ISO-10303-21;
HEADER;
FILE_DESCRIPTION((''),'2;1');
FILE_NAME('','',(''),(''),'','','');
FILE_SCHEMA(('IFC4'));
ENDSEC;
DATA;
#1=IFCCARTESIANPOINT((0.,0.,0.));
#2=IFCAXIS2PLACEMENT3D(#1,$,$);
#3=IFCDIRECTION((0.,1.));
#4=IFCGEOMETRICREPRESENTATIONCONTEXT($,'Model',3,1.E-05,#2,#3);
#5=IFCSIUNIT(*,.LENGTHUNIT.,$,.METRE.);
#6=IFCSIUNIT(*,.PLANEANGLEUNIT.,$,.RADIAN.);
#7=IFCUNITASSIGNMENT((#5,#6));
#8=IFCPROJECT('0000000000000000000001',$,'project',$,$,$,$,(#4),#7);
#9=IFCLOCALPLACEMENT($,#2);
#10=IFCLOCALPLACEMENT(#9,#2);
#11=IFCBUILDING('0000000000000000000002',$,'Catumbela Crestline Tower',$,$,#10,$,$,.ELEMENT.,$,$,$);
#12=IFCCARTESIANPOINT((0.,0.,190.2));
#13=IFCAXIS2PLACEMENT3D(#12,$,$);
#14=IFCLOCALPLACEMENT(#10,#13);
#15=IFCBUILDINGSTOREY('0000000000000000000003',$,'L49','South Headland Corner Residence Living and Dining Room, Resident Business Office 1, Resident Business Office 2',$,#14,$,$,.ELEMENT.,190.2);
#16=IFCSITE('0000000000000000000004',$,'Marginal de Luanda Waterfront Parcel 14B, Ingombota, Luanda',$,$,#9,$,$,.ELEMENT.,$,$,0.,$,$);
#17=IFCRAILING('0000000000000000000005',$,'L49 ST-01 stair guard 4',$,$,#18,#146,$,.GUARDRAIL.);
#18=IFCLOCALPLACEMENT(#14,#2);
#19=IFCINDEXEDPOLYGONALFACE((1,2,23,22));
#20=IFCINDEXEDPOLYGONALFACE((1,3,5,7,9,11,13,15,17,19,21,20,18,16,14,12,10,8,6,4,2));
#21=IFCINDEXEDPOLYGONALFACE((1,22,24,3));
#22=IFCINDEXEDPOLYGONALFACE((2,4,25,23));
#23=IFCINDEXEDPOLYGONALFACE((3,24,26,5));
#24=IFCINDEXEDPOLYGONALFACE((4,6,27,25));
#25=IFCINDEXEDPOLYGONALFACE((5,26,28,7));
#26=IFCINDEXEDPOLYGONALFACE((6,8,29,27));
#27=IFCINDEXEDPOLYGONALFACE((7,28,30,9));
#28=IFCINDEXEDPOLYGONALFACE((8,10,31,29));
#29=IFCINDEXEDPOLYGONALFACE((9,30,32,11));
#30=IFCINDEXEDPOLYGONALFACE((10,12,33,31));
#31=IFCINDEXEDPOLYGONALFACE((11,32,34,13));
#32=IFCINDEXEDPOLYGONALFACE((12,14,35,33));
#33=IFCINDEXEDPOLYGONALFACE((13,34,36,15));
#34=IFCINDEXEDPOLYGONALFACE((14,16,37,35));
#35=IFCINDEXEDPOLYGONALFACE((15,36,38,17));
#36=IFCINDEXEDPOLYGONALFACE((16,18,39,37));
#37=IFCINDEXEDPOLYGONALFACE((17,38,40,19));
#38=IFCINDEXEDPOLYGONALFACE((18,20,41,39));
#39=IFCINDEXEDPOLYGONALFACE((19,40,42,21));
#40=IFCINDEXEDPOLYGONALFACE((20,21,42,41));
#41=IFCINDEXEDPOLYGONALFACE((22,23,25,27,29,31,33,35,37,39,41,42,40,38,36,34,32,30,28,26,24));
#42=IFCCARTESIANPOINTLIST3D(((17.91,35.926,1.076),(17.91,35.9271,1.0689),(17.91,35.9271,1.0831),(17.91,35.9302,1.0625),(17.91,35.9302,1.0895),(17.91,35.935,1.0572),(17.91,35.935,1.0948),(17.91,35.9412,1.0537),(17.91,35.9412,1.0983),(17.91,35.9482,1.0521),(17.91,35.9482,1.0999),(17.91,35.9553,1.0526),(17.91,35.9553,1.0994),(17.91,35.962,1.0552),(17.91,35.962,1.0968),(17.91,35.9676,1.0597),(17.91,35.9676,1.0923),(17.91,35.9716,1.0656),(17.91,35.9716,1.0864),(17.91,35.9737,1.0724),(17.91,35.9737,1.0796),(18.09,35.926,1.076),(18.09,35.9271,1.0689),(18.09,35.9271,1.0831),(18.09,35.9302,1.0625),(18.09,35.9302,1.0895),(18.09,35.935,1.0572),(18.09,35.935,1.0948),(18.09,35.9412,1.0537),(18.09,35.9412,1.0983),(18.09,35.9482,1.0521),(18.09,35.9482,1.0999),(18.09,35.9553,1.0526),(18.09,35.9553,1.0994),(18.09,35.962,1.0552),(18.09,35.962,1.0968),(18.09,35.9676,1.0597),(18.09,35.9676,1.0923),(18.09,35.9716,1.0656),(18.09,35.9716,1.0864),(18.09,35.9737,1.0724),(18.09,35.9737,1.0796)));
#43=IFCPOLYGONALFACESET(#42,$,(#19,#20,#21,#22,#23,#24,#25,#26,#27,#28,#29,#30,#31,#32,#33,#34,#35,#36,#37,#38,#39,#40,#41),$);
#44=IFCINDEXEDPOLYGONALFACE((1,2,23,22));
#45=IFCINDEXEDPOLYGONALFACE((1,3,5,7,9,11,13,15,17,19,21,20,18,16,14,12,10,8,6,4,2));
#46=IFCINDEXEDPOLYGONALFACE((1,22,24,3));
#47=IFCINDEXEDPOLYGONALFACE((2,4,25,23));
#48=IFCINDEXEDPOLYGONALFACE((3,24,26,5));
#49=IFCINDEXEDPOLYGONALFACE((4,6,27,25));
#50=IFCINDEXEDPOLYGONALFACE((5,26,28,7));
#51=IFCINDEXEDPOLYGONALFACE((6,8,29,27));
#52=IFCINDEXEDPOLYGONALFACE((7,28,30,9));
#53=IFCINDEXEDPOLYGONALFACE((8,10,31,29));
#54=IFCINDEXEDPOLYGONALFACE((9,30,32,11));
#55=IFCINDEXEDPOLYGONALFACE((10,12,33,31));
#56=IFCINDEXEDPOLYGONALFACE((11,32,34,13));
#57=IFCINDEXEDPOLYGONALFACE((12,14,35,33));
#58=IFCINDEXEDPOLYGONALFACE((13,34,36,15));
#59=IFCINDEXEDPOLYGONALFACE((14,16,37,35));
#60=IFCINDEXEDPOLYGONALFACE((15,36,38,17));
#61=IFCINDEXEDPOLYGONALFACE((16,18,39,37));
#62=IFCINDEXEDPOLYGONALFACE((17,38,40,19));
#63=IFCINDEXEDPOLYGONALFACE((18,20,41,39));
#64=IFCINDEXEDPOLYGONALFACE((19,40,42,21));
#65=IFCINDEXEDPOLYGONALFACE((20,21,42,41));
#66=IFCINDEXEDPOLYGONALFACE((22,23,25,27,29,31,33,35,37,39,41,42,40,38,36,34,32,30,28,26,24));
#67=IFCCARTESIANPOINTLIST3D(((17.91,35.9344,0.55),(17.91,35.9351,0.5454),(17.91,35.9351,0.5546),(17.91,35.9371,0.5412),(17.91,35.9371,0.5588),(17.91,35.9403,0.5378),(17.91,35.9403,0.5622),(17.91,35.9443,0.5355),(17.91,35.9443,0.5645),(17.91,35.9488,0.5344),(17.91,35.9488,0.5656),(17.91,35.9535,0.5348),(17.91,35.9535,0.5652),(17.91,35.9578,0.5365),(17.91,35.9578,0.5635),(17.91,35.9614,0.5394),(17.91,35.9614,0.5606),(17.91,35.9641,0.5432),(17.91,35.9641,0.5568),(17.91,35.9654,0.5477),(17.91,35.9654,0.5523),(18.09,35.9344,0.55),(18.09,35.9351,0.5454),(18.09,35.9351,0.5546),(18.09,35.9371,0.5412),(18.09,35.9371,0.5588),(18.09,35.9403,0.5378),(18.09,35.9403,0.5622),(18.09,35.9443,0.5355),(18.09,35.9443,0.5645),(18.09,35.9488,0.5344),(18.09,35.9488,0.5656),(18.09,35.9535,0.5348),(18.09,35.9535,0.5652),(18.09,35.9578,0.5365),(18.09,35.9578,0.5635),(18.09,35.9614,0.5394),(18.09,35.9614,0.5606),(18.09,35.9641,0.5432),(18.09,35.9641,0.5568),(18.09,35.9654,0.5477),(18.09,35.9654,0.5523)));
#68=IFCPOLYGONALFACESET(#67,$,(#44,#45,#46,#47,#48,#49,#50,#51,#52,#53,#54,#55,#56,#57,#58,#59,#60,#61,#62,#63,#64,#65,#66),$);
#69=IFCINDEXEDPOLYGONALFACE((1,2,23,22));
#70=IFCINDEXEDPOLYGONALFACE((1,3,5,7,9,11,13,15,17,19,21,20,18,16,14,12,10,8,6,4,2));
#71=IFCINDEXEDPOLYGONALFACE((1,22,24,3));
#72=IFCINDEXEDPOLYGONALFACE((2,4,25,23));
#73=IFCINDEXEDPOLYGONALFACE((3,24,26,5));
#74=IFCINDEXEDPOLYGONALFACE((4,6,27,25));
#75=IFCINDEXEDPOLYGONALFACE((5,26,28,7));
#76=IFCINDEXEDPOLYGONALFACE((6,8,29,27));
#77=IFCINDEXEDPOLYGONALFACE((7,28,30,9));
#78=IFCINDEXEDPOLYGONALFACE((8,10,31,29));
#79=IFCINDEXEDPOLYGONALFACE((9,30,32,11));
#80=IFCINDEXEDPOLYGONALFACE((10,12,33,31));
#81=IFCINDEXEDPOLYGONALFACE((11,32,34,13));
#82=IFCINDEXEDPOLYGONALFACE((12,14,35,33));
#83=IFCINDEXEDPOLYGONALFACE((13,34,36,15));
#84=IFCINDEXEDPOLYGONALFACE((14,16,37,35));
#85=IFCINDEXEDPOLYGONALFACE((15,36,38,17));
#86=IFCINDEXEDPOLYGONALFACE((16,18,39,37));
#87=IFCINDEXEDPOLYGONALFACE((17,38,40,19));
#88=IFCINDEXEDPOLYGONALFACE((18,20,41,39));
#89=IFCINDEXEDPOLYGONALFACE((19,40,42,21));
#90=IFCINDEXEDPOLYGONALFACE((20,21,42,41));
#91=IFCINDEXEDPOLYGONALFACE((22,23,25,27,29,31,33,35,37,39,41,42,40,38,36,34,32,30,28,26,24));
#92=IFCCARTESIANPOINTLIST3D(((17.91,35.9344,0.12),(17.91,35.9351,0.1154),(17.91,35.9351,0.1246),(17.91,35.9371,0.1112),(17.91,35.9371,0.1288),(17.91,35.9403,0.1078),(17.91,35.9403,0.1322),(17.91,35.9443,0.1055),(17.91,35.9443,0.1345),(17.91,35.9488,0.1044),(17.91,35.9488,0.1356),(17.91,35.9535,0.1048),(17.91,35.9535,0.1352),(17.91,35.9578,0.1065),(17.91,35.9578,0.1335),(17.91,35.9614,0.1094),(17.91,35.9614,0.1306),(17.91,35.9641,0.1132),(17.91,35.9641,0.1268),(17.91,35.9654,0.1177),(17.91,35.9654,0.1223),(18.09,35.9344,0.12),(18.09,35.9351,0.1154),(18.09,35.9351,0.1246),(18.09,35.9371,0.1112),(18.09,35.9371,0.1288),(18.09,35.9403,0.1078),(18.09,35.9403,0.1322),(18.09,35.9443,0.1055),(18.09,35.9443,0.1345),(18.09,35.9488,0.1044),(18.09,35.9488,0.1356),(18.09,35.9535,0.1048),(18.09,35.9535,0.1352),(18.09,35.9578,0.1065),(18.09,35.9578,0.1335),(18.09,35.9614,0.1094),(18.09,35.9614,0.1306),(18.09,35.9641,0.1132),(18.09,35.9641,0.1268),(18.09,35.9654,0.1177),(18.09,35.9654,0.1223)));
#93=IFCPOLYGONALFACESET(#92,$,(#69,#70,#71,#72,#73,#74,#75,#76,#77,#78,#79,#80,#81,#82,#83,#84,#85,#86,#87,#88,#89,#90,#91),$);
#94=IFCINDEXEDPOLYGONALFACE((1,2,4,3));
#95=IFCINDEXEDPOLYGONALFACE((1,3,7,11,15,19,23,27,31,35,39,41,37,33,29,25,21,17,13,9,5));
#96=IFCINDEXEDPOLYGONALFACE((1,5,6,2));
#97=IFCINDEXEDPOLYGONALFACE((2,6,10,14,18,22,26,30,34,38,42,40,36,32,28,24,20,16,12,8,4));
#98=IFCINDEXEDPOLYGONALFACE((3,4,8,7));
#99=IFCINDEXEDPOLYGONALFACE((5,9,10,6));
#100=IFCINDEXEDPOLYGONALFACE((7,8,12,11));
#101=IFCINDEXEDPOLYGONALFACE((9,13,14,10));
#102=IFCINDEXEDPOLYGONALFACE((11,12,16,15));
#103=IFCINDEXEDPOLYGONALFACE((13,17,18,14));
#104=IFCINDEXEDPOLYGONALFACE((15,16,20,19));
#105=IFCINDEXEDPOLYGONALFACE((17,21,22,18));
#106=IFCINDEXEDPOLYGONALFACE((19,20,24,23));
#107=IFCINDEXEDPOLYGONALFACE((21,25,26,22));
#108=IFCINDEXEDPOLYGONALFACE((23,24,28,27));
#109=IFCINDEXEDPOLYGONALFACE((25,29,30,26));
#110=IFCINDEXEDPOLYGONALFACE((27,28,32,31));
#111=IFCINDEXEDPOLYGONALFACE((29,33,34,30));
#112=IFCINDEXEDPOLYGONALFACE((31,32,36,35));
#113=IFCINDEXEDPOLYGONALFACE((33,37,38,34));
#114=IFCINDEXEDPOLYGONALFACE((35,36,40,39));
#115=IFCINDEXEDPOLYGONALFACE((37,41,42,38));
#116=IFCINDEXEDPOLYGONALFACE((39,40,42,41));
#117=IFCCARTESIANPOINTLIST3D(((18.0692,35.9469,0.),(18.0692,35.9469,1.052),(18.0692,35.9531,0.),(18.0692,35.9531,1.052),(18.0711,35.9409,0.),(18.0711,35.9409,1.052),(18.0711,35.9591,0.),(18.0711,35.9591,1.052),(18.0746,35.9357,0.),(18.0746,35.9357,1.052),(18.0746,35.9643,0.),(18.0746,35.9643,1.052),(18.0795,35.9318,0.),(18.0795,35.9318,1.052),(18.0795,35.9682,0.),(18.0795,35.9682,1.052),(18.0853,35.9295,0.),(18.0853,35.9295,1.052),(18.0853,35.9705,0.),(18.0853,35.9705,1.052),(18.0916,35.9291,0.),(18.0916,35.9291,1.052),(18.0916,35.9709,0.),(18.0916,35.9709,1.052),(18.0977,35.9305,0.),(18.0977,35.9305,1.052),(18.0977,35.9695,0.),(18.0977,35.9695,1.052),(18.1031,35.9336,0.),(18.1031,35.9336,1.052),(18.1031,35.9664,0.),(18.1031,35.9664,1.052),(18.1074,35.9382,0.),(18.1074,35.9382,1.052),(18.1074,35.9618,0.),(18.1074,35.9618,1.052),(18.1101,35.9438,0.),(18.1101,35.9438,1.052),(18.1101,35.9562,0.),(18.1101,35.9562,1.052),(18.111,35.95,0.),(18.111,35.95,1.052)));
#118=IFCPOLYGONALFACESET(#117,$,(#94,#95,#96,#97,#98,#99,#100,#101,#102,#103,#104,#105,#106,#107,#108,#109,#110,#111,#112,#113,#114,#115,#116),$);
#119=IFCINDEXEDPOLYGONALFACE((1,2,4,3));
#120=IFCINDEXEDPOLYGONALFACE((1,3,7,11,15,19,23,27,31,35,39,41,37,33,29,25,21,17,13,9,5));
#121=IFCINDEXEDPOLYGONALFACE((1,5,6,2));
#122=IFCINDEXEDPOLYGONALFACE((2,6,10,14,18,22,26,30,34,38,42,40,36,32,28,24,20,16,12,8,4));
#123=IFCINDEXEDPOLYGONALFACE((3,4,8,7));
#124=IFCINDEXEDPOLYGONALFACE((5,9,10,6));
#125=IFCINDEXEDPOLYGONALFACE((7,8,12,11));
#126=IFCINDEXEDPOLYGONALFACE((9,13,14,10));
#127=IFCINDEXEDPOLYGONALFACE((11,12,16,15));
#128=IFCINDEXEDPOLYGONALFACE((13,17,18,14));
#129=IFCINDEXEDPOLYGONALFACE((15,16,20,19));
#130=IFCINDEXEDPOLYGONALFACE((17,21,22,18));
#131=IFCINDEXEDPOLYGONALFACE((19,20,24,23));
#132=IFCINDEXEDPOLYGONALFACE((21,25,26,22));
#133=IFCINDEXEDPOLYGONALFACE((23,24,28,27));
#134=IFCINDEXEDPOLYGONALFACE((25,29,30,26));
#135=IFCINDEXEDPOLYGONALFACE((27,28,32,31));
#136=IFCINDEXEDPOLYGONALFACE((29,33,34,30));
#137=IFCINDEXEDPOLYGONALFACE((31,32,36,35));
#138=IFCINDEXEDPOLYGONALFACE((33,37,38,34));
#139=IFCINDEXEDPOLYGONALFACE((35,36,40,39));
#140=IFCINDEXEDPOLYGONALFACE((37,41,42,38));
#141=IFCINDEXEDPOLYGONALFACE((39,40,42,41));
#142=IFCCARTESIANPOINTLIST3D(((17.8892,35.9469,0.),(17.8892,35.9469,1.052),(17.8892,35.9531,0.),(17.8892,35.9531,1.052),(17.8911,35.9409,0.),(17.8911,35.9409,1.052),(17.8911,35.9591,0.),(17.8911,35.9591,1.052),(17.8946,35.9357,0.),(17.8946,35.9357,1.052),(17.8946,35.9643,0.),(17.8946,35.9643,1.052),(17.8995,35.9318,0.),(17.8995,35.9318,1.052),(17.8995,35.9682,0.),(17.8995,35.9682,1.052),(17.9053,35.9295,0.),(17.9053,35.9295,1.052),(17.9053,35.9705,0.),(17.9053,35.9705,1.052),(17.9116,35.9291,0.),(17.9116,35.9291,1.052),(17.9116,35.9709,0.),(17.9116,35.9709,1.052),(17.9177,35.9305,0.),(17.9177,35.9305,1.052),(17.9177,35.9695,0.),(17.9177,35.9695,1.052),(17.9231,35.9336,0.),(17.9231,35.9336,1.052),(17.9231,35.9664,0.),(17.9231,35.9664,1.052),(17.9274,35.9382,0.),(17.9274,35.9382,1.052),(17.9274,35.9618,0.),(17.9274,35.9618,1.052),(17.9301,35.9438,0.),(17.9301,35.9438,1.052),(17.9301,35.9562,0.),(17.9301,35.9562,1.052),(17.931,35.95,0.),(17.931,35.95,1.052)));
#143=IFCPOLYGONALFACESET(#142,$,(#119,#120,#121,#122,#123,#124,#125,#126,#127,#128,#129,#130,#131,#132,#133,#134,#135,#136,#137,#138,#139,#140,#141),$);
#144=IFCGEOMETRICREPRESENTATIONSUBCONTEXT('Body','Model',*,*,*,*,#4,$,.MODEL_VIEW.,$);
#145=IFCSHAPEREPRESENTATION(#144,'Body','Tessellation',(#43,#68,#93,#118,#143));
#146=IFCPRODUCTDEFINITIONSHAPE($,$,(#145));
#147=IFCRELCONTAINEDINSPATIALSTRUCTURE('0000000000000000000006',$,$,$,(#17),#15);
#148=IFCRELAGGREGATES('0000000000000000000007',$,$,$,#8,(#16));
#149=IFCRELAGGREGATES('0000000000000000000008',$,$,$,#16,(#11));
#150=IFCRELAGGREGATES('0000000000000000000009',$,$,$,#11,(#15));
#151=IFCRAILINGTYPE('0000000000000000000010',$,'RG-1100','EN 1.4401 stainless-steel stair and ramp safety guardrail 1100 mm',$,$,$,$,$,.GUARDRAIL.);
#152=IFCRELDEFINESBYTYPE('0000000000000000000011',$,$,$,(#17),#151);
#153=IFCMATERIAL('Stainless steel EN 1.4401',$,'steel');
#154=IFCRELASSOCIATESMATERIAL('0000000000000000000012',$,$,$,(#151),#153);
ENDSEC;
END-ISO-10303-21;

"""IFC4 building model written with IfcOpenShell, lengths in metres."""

from ifc_helpers import new_model, si_unit, direction, frame, origin, origin_2d, place, context, subcontext, project, spatial, circle, extrude, material, type_object, element, save


model = new_model("IFC4")

# Units and contexts
model_context = context("Model", 3, precision=1e-05, world=origin(), true_north=direction((0.0, 1.0)))
body_context = subcontext(model_context, "Body", "Model", "MODEL_VIEW")
ifc_project = project(units=[si_unit("LENGTHUNIT", "METRE"), si_unit("PLANEANGLEUNIT", "RADIAN")], contexts=[model_context])

# Site, building, storey
site_placement = place(None, origin())
site = spatial("IfcSite", under=ifc_project, at=site_placement, Name="Marginal de Luanda Waterfront Parcel 14B, Ingombota, Luanda", CompositionType="ELEMENT", RefElevation=0.0)
building_placement = place(site_placement, origin())
building = spatial("IfcBuilding", under=site, at=building_placement, Name="Catumbela Crestline Tower", CompositionType="ELEMENT")
storey_placement = place(building_placement, frame((0.0, 0.0, 190.2)))
storey = spatial("IfcBuildingStorey", under=building, at=storey_placement, Name="L49", Description="South Headland Corner Residence Living and Dining Room, Resident Business Office 1, Resident Business Office 2", CompositionType="ELEMENT", Elevation=190.2)

# Shared definitions
ifc_material_1 = material(Name="Stainless steel EN 1.4401", Category="steel")

# Railing
railing_type_1 = type_object("IfcRailingType", Name="RG-1100", Description="EN 1.4401 stainless-steel stair and ramp safety guardrail 1100 mm", PredefinedType="GUARDRAIL", material=ifc_material_1)
railing_1_placement = place(storey_placement, frame((18.09, 35.95, 0.0)))
element("IfcRailing", 1, at=railing_1_placement, inside=storey, type_object=railing_type_1, Name="L49 ST-01 stair guard 4", PredefinedType="GUARDRAIL", context=body_context, shape_type="SweptSolid", body=[
    extrude(circle(Radius=0.024, at=origin_2d()), frame((0.0, 0.0, 1.076), z_axis=(-1.0, 0.0, 0.0), x_axis=(0.0, -1.0, 0.0)), (0.0, 0.0, 1.0), 0.18),
    extrude(circle(Radius=0.0156, at=origin_2d()), frame((0.0, 0.0, 0.55), z_axis=(-1.0, 0.0, 0.0), x_axis=(0.0, -1.0, 0.0)), (0.0, 0.0, 1.0), 0.18),
    extrude(circle(Radius=0.0156, at=origin_2d()), frame((0.0, 0.0, 0.12), z_axis=(-1.0, 0.0, 0.0), x_axis=(0.0, -1.0, 0.0)), (0.0, 0.0, 1.0), 0.18),
    extrude(circle(Radius=0.021, at=origin_2d()), origin(), (0.0, 0.0, 1.0), 1.052),
    extrude(circle(Radius=0.021, at=origin_2d()), frame((-0.18, 0.0, 0.0)), (0.0, 0.0, 1.0), 1.052),
])

save(model, "model.ifc")
